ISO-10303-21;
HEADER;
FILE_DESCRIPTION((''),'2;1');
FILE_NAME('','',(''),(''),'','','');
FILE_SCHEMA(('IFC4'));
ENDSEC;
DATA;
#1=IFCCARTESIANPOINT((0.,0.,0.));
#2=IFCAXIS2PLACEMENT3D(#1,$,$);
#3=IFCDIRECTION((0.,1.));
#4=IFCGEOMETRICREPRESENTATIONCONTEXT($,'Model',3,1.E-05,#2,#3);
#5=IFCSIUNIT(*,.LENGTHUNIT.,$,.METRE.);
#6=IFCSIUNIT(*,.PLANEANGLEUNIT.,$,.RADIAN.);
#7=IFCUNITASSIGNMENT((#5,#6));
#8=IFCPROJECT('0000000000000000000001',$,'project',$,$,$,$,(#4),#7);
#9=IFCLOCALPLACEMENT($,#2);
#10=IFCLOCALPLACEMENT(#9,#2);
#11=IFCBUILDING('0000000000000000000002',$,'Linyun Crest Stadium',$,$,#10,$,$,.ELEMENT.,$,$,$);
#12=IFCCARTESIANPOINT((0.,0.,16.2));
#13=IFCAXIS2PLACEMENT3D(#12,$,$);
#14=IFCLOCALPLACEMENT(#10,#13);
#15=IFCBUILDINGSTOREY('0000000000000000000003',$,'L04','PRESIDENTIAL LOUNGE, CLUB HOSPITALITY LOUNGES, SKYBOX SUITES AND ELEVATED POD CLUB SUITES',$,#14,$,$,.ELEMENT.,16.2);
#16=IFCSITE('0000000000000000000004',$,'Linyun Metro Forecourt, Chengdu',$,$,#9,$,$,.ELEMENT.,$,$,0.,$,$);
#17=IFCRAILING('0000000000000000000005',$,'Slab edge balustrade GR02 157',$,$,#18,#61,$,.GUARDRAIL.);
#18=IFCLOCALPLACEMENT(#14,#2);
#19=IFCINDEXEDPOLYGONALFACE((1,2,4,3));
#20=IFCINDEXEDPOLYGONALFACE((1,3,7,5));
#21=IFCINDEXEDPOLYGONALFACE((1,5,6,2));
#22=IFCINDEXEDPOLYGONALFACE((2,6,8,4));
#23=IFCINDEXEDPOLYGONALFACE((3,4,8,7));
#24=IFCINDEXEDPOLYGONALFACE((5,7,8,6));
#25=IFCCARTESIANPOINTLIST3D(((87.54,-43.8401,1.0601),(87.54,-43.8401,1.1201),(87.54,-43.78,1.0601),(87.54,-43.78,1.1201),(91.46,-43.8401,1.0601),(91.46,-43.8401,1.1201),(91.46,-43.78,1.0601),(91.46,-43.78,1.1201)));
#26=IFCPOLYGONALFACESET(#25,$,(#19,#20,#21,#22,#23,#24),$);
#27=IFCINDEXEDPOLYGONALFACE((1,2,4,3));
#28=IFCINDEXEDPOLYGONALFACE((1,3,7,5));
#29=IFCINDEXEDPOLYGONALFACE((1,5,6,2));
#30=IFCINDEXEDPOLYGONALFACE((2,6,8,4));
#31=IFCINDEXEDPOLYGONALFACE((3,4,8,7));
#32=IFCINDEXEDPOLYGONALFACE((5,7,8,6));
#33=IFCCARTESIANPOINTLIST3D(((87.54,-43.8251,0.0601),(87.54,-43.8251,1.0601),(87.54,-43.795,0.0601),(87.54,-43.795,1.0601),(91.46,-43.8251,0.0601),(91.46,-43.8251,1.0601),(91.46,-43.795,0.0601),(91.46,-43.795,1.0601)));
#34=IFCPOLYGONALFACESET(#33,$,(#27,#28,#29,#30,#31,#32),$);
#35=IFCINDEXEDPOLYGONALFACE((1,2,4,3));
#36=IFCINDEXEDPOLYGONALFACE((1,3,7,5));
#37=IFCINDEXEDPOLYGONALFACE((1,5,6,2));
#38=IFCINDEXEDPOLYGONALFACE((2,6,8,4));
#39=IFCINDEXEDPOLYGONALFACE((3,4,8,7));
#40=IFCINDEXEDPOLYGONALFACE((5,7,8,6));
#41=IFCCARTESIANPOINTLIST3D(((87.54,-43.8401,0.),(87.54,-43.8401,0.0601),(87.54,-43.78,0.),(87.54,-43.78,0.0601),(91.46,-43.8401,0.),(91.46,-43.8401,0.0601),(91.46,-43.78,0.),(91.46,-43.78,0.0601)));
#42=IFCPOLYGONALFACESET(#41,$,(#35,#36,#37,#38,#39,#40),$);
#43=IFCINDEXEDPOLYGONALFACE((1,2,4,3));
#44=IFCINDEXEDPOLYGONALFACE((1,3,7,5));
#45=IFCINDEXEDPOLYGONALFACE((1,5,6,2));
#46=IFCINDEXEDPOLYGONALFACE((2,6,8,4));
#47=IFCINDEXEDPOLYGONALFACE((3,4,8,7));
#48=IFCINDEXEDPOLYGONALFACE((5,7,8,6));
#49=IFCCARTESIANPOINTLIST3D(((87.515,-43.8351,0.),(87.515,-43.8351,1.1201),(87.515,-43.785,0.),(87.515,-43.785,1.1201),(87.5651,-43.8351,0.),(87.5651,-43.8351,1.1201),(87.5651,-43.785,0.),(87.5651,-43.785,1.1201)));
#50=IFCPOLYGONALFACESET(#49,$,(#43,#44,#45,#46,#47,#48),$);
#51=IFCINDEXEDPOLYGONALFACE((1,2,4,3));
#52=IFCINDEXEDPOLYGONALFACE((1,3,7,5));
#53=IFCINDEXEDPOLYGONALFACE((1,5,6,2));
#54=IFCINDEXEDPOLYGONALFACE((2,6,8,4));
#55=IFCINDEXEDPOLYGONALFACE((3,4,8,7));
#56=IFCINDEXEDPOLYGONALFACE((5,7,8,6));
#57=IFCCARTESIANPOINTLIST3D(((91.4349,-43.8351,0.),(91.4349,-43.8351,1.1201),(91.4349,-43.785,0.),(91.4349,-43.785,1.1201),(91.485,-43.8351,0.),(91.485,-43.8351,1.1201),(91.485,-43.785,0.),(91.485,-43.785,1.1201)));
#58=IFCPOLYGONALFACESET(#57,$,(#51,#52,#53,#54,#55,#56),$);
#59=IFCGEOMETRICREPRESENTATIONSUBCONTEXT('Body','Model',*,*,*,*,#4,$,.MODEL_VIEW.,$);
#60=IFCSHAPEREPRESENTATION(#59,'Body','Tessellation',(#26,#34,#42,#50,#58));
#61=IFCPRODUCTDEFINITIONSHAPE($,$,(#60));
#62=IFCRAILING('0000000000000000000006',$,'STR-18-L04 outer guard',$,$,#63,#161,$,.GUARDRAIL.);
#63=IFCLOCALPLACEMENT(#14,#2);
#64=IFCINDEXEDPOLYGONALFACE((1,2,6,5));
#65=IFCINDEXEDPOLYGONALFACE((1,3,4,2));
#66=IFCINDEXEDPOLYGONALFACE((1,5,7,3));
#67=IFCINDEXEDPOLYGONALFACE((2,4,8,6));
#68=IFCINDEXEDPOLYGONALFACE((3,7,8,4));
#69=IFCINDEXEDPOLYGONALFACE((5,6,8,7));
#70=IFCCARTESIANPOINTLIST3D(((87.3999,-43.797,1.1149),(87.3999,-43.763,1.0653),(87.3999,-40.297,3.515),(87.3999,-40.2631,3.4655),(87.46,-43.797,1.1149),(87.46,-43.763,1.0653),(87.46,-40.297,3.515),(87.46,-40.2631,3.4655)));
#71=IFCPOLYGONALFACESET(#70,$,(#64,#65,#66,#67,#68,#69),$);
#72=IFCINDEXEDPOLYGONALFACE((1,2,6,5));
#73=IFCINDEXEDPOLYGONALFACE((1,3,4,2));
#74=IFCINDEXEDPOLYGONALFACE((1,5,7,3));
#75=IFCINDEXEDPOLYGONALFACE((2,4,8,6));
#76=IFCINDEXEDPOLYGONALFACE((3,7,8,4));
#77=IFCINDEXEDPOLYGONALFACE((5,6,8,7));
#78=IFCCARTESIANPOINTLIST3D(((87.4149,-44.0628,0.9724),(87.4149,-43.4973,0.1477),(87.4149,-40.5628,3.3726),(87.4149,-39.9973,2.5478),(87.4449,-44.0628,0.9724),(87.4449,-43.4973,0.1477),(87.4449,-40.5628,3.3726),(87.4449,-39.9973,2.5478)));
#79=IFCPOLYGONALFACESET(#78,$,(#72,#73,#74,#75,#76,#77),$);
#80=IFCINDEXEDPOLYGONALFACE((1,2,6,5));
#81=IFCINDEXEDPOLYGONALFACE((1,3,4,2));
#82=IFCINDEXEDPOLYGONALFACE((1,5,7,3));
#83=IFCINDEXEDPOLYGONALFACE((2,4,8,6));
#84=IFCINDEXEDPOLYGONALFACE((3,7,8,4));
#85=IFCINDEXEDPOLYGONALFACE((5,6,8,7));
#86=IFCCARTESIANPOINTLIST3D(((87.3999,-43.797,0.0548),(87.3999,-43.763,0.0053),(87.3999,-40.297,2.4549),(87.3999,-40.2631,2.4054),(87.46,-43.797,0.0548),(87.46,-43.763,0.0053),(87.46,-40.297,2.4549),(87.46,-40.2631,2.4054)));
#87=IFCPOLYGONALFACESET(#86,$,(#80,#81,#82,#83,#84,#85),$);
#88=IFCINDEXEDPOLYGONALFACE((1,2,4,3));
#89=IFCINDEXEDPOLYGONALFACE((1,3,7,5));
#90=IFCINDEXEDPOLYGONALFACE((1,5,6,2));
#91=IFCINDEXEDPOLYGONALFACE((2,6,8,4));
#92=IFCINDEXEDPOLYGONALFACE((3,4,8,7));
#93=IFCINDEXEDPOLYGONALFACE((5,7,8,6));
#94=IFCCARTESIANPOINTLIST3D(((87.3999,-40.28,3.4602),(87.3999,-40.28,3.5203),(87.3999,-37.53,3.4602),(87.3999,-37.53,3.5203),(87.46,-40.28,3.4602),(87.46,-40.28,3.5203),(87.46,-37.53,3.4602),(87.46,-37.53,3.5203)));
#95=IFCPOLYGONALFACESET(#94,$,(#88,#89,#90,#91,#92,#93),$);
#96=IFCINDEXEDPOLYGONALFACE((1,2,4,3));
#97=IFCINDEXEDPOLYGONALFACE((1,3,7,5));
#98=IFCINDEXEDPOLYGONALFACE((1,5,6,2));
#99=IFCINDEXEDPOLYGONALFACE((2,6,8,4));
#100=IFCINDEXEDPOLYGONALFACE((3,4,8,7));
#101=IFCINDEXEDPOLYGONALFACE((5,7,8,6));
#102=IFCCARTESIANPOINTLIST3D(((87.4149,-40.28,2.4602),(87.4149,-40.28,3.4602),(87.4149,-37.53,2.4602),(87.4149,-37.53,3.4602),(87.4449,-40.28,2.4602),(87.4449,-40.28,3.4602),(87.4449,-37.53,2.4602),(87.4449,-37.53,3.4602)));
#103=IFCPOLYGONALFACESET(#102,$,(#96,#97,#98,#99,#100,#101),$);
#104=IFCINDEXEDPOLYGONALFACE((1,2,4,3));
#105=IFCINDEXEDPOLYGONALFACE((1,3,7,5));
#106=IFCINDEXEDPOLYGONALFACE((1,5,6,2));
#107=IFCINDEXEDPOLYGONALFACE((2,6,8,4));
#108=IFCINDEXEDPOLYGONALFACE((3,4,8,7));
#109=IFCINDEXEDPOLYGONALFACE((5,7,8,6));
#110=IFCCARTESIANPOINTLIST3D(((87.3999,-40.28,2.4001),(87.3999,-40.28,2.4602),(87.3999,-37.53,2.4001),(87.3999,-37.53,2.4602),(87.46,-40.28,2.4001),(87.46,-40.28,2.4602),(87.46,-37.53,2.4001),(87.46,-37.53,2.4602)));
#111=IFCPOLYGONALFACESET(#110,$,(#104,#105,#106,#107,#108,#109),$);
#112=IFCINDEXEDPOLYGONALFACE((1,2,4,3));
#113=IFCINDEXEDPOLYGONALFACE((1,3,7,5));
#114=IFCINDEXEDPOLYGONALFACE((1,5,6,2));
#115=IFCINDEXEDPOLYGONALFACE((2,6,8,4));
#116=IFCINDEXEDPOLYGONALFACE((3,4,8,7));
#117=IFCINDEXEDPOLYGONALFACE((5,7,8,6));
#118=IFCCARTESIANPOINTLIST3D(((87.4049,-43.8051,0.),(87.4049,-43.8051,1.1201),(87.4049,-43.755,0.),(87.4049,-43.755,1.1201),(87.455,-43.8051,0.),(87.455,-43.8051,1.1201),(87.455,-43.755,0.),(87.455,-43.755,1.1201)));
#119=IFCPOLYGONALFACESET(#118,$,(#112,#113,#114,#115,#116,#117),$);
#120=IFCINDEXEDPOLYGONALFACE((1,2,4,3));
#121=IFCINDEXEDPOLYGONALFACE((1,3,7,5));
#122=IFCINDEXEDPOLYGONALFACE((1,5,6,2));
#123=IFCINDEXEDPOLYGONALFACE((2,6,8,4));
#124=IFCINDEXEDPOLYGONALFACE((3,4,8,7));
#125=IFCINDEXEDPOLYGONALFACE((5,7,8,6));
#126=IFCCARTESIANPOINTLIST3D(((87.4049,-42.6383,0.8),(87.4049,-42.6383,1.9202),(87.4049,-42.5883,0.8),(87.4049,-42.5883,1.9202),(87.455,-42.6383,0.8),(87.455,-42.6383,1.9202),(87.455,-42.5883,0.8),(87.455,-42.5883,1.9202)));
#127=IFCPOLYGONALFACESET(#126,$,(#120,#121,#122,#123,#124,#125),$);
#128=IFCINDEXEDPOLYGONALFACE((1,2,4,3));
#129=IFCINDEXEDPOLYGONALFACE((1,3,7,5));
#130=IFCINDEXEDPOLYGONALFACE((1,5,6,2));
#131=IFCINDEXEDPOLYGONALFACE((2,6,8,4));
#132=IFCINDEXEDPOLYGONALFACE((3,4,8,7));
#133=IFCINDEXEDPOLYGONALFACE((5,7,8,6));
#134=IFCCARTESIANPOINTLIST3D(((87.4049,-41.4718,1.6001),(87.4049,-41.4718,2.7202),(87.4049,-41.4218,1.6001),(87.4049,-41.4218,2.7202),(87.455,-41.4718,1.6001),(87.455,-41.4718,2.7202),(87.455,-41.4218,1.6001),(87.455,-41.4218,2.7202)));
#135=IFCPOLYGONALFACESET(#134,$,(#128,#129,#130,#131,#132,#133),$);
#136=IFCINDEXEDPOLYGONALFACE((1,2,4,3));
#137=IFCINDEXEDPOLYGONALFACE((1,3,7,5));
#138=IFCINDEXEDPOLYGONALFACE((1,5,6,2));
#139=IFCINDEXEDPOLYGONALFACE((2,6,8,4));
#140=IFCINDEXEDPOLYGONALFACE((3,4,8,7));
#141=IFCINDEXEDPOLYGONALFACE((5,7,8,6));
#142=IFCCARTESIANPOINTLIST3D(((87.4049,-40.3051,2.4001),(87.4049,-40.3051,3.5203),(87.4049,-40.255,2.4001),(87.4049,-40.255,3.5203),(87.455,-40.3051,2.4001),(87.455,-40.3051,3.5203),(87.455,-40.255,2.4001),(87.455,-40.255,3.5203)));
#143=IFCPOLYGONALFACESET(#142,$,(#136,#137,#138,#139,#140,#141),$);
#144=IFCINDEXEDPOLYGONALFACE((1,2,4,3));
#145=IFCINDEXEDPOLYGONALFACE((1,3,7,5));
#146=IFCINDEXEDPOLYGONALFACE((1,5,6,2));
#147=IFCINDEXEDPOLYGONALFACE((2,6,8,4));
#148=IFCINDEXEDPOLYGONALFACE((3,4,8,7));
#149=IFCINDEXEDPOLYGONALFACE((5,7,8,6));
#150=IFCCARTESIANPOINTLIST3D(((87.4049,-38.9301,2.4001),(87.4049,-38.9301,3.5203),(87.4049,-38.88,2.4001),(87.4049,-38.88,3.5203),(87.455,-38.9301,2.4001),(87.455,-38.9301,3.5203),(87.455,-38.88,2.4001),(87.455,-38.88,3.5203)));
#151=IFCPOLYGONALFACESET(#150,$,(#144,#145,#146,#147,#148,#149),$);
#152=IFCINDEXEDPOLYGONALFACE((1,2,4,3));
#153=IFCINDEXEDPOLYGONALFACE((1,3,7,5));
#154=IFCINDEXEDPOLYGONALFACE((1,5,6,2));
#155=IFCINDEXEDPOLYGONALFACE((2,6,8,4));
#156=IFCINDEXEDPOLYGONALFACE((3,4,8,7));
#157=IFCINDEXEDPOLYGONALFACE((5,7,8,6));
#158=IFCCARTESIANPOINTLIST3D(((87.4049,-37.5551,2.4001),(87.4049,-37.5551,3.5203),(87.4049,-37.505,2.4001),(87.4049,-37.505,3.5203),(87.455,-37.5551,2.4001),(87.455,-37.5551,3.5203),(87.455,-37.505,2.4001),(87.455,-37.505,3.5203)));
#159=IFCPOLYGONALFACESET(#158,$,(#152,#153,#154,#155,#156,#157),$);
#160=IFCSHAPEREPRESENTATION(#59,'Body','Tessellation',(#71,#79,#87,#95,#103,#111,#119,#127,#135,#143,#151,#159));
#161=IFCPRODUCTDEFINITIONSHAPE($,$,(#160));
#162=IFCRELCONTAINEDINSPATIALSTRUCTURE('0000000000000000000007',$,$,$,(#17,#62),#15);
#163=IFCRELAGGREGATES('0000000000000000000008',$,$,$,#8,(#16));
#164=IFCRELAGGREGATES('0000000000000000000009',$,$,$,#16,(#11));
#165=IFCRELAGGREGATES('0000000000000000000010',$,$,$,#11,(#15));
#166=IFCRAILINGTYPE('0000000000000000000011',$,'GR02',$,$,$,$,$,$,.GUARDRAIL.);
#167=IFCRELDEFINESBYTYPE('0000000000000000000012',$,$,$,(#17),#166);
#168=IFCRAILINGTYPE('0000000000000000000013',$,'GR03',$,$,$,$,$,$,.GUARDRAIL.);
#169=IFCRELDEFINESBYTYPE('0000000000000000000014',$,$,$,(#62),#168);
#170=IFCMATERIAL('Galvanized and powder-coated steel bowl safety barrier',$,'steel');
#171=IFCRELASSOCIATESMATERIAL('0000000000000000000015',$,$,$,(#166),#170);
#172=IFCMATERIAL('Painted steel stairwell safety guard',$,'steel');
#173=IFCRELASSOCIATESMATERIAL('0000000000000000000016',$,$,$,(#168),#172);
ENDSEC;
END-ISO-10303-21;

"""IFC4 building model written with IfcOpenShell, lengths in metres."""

from ifc_helpers import new_model, si_unit, direction, frame, origin, origin_2d, place, context, subcontext, project, spatial, rectangle, extrude, material, type_object, element, save


model = new_model("IFC4")

# Units and contexts
model_context = context("Model", 3, precision=1e-05, world=origin(), true_north=direction((0.0, 1.0)))
body_context = subcontext(model_context, "Body", "Model", "MODEL_VIEW")
ifc_project = project(units=[si_unit("LENGTHUNIT", "METRE"), si_unit("PLANEANGLEUNIT", "RADIAN")], contexts=[model_context])

# Site, building, storey
site_placement = place(None, origin())
site = spatial("IfcSite", under=ifc_project, at=site_placement, Name="Linyun Metro Forecourt, Chengdu", CompositionType="ELEMENT", RefElevation=0.0)
building_placement = place(site_placement, origin())
building = spatial("IfcBuilding", under=site, at=building_placement, Name="Linyun Crest Stadium", CompositionType="ELEMENT")
storey_placement = place(building_placement, frame((0.0, 0.0, 16.2)))
storey = spatial("IfcBuildingStorey", under=building, at=storey_placement, Name="L04", Description="PRESIDENTIAL LOUNGE, CLUB HOSPITALITY LOUNGES, SKYBOX SUITES AND ELEVATED POD CLUB SUITES", CompositionType="ELEMENT", Elevation=16.2)

# Railings
ifc_material_1 = material(Name="Galvanized and powder-coated steel bowl safety barrier", Category="steel")
railing_type_1 = type_object("IfcRailingType", Name="GR02", PredefinedType="GUARDRAIL", material=ifc_material_1)
railing_1_placement = place(storey_placement, frame((87.54, -43.8101, 0.0)))
element("IfcRailing", 1, at=railing_1_placement, inside=storey, type_object=railing_type_1, Name="Slab edge balustrade GR02 157", PredefinedType="GUARDRAIL", context=body_context, shape_type="SweptSolid", body=[
    extrude(rectangle(XDim=0.0601, YDim=0.0601, at=origin_2d()), frame((0.0, 0.0, 1.0901), z_axis=(1.0, 0.0, 0.0), x_axis=(0.0, 1.0, 0.0)), (0.0, 0.0, 1.0), 3.9199),
    extrude(rectangle(XDim=0.03, YDim=1.0, at=origin_2d()), frame((0.0, 0.0, 0.5601), z_axis=(1.0, 0.0, 0.0), x_axis=(0.0, 1.0, 0.0)), (0.0, 0.0, 1.0), 3.9199),
    extrude(rectangle(XDim=0.0601, YDim=0.0601, at=origin_2d()), frame((0.0, 0.0, 0.03), z_axis=(1.0, 0.0, 0.0), x_axis=(0.0, 1.0, 0.0)), (0.0, 0.0, 1.0), 3.9199),
    extrude(rectangle(XDim=0.05, YDim=0.05, at=origin_2d()), origin(), (0.0, 0.0, 1.0), 1.1201),
    extrude(rectangle(XDim=0.05, YDim=0.05, at=origin_2d()), frame((3.9199, 0.0, 0.0)), (0.0, 0.0, 1.0), 1.1201),
])
ifc_material_2 = material(Name="Painted steel stairwell safety guard", Category="steel")
railing_type_2 = type_object("IfcRailingType", Name="GR03", PredefinedType="GUARDRAIL", material=ifc_material_2)
railing_2_placement = place(storey_placement, frame((87.4299, -43.78, 0.0)))
element("IfcRailing", 2, at=railing_2_placement, inside=storey, type_object=railing_type_2, Name="STR-18-L04 outer guard", PredefinedType="GUARDRAIL", context=body_context, shape_type="SweptSolid", body=[
    extrude(rectangle(XDim=0.0601, YDim=0.0601, at=origin_2d()), frame((0.0, 0.0, 1.0901), z_axis=(0.0, 0.824713, 0.565552), x_axis=(-1.0, 0.0, 0.0)), (0.0, 0.0, 1.0), 4.2439),
    extrude(rectangle(XDim=0.03, YDim=1.0, at=origin_2d()), frame((0.0, 0.0, 0.5601), z_axis=(0.0, 0.824713, 0.565552), x_axis=(-1.0, 0.0, 0.0)), (0.0, 0.0, 1.0), 4.2439),
    extrude(rectangle(XDim=0.0601, YDim=0.0601, at=origin_2d()), frame((0.0, 0.0, 0.03), z_axis=(0.0, 0.824713, 0.565552), x_axis=(-1.0, 0.0, 0.0)), (0.0, 0.0, 1.0), 4.2439),
    extrude(rectangle(XDim=0.0601, YDim=0.0601, at=origin_2d()), frame((0.0, 3.5, 3.4902), z_axis=(0.0, 1.0, 0.0), x_axis=(-1.0, 0.0, 0.0)), (0.0, 0.0, 1.0), 2.75),
    extrude(rectangle(XDim=0.03, YDim=1.0, at=origin_2d()), frame((0.0, 3.5, 2.9602), z_axis=(0.0, 1.0, 0.0), x_axis=(-1.0, 0.0, 0.0)), (0.0, 0.0, 1.0), 2.75),
    extrude(rectangle(XDim=0.0601, YDim=0.0601, at=origin_2d()), frame((0.0, 3.5, 2.4302), z_axis=(0.0, 1.0, 0.0), x_axis=(-1.0, 0.0, 0.0)), (0.0, 0.0, 1.0), 2.75),
    extrude(rectangle(XDim=0.05, YDim=0.05, at=origin_2d()), origin(), (0.0, 0.0, 1.0), 1.1201),
    extrude(rectangle(XDim=0.05, YDim=0.05, at=origin_2d()), frame((0.0, 1.1667, 0.8)), (0.0, 0.0, 1.0), 1.1201),
    extrude(rectangle(XDim=0.05, YDim=0.05, at=origin_2d()), frame((0.0, 2.3333, 1.6001)), (0.0, 0.0, 1.0), 1.1201),
    extrude(rectangle(XDim=0.05, YDim=0.05, at=origin_2d()), frame((0.0, 3.5, 2.4001)), (0.0, 0.0, 1.0), 1.1201),
    extrude(rectangle(XDim=0.05, YDim=0.05, at=origin_2d()), frame((0.0, 4.875, 2.4001)), (0.0, 0.0, 1.0), 1.1201),
    extrude(rectangle(XDim=0.05, YDim=0.05, at=origin_2d()), frame((0.0, 6.25, 2.4001)), (0.0, 0.0, 1.0), 1.1201),
])

save(model, "model.ifc")
